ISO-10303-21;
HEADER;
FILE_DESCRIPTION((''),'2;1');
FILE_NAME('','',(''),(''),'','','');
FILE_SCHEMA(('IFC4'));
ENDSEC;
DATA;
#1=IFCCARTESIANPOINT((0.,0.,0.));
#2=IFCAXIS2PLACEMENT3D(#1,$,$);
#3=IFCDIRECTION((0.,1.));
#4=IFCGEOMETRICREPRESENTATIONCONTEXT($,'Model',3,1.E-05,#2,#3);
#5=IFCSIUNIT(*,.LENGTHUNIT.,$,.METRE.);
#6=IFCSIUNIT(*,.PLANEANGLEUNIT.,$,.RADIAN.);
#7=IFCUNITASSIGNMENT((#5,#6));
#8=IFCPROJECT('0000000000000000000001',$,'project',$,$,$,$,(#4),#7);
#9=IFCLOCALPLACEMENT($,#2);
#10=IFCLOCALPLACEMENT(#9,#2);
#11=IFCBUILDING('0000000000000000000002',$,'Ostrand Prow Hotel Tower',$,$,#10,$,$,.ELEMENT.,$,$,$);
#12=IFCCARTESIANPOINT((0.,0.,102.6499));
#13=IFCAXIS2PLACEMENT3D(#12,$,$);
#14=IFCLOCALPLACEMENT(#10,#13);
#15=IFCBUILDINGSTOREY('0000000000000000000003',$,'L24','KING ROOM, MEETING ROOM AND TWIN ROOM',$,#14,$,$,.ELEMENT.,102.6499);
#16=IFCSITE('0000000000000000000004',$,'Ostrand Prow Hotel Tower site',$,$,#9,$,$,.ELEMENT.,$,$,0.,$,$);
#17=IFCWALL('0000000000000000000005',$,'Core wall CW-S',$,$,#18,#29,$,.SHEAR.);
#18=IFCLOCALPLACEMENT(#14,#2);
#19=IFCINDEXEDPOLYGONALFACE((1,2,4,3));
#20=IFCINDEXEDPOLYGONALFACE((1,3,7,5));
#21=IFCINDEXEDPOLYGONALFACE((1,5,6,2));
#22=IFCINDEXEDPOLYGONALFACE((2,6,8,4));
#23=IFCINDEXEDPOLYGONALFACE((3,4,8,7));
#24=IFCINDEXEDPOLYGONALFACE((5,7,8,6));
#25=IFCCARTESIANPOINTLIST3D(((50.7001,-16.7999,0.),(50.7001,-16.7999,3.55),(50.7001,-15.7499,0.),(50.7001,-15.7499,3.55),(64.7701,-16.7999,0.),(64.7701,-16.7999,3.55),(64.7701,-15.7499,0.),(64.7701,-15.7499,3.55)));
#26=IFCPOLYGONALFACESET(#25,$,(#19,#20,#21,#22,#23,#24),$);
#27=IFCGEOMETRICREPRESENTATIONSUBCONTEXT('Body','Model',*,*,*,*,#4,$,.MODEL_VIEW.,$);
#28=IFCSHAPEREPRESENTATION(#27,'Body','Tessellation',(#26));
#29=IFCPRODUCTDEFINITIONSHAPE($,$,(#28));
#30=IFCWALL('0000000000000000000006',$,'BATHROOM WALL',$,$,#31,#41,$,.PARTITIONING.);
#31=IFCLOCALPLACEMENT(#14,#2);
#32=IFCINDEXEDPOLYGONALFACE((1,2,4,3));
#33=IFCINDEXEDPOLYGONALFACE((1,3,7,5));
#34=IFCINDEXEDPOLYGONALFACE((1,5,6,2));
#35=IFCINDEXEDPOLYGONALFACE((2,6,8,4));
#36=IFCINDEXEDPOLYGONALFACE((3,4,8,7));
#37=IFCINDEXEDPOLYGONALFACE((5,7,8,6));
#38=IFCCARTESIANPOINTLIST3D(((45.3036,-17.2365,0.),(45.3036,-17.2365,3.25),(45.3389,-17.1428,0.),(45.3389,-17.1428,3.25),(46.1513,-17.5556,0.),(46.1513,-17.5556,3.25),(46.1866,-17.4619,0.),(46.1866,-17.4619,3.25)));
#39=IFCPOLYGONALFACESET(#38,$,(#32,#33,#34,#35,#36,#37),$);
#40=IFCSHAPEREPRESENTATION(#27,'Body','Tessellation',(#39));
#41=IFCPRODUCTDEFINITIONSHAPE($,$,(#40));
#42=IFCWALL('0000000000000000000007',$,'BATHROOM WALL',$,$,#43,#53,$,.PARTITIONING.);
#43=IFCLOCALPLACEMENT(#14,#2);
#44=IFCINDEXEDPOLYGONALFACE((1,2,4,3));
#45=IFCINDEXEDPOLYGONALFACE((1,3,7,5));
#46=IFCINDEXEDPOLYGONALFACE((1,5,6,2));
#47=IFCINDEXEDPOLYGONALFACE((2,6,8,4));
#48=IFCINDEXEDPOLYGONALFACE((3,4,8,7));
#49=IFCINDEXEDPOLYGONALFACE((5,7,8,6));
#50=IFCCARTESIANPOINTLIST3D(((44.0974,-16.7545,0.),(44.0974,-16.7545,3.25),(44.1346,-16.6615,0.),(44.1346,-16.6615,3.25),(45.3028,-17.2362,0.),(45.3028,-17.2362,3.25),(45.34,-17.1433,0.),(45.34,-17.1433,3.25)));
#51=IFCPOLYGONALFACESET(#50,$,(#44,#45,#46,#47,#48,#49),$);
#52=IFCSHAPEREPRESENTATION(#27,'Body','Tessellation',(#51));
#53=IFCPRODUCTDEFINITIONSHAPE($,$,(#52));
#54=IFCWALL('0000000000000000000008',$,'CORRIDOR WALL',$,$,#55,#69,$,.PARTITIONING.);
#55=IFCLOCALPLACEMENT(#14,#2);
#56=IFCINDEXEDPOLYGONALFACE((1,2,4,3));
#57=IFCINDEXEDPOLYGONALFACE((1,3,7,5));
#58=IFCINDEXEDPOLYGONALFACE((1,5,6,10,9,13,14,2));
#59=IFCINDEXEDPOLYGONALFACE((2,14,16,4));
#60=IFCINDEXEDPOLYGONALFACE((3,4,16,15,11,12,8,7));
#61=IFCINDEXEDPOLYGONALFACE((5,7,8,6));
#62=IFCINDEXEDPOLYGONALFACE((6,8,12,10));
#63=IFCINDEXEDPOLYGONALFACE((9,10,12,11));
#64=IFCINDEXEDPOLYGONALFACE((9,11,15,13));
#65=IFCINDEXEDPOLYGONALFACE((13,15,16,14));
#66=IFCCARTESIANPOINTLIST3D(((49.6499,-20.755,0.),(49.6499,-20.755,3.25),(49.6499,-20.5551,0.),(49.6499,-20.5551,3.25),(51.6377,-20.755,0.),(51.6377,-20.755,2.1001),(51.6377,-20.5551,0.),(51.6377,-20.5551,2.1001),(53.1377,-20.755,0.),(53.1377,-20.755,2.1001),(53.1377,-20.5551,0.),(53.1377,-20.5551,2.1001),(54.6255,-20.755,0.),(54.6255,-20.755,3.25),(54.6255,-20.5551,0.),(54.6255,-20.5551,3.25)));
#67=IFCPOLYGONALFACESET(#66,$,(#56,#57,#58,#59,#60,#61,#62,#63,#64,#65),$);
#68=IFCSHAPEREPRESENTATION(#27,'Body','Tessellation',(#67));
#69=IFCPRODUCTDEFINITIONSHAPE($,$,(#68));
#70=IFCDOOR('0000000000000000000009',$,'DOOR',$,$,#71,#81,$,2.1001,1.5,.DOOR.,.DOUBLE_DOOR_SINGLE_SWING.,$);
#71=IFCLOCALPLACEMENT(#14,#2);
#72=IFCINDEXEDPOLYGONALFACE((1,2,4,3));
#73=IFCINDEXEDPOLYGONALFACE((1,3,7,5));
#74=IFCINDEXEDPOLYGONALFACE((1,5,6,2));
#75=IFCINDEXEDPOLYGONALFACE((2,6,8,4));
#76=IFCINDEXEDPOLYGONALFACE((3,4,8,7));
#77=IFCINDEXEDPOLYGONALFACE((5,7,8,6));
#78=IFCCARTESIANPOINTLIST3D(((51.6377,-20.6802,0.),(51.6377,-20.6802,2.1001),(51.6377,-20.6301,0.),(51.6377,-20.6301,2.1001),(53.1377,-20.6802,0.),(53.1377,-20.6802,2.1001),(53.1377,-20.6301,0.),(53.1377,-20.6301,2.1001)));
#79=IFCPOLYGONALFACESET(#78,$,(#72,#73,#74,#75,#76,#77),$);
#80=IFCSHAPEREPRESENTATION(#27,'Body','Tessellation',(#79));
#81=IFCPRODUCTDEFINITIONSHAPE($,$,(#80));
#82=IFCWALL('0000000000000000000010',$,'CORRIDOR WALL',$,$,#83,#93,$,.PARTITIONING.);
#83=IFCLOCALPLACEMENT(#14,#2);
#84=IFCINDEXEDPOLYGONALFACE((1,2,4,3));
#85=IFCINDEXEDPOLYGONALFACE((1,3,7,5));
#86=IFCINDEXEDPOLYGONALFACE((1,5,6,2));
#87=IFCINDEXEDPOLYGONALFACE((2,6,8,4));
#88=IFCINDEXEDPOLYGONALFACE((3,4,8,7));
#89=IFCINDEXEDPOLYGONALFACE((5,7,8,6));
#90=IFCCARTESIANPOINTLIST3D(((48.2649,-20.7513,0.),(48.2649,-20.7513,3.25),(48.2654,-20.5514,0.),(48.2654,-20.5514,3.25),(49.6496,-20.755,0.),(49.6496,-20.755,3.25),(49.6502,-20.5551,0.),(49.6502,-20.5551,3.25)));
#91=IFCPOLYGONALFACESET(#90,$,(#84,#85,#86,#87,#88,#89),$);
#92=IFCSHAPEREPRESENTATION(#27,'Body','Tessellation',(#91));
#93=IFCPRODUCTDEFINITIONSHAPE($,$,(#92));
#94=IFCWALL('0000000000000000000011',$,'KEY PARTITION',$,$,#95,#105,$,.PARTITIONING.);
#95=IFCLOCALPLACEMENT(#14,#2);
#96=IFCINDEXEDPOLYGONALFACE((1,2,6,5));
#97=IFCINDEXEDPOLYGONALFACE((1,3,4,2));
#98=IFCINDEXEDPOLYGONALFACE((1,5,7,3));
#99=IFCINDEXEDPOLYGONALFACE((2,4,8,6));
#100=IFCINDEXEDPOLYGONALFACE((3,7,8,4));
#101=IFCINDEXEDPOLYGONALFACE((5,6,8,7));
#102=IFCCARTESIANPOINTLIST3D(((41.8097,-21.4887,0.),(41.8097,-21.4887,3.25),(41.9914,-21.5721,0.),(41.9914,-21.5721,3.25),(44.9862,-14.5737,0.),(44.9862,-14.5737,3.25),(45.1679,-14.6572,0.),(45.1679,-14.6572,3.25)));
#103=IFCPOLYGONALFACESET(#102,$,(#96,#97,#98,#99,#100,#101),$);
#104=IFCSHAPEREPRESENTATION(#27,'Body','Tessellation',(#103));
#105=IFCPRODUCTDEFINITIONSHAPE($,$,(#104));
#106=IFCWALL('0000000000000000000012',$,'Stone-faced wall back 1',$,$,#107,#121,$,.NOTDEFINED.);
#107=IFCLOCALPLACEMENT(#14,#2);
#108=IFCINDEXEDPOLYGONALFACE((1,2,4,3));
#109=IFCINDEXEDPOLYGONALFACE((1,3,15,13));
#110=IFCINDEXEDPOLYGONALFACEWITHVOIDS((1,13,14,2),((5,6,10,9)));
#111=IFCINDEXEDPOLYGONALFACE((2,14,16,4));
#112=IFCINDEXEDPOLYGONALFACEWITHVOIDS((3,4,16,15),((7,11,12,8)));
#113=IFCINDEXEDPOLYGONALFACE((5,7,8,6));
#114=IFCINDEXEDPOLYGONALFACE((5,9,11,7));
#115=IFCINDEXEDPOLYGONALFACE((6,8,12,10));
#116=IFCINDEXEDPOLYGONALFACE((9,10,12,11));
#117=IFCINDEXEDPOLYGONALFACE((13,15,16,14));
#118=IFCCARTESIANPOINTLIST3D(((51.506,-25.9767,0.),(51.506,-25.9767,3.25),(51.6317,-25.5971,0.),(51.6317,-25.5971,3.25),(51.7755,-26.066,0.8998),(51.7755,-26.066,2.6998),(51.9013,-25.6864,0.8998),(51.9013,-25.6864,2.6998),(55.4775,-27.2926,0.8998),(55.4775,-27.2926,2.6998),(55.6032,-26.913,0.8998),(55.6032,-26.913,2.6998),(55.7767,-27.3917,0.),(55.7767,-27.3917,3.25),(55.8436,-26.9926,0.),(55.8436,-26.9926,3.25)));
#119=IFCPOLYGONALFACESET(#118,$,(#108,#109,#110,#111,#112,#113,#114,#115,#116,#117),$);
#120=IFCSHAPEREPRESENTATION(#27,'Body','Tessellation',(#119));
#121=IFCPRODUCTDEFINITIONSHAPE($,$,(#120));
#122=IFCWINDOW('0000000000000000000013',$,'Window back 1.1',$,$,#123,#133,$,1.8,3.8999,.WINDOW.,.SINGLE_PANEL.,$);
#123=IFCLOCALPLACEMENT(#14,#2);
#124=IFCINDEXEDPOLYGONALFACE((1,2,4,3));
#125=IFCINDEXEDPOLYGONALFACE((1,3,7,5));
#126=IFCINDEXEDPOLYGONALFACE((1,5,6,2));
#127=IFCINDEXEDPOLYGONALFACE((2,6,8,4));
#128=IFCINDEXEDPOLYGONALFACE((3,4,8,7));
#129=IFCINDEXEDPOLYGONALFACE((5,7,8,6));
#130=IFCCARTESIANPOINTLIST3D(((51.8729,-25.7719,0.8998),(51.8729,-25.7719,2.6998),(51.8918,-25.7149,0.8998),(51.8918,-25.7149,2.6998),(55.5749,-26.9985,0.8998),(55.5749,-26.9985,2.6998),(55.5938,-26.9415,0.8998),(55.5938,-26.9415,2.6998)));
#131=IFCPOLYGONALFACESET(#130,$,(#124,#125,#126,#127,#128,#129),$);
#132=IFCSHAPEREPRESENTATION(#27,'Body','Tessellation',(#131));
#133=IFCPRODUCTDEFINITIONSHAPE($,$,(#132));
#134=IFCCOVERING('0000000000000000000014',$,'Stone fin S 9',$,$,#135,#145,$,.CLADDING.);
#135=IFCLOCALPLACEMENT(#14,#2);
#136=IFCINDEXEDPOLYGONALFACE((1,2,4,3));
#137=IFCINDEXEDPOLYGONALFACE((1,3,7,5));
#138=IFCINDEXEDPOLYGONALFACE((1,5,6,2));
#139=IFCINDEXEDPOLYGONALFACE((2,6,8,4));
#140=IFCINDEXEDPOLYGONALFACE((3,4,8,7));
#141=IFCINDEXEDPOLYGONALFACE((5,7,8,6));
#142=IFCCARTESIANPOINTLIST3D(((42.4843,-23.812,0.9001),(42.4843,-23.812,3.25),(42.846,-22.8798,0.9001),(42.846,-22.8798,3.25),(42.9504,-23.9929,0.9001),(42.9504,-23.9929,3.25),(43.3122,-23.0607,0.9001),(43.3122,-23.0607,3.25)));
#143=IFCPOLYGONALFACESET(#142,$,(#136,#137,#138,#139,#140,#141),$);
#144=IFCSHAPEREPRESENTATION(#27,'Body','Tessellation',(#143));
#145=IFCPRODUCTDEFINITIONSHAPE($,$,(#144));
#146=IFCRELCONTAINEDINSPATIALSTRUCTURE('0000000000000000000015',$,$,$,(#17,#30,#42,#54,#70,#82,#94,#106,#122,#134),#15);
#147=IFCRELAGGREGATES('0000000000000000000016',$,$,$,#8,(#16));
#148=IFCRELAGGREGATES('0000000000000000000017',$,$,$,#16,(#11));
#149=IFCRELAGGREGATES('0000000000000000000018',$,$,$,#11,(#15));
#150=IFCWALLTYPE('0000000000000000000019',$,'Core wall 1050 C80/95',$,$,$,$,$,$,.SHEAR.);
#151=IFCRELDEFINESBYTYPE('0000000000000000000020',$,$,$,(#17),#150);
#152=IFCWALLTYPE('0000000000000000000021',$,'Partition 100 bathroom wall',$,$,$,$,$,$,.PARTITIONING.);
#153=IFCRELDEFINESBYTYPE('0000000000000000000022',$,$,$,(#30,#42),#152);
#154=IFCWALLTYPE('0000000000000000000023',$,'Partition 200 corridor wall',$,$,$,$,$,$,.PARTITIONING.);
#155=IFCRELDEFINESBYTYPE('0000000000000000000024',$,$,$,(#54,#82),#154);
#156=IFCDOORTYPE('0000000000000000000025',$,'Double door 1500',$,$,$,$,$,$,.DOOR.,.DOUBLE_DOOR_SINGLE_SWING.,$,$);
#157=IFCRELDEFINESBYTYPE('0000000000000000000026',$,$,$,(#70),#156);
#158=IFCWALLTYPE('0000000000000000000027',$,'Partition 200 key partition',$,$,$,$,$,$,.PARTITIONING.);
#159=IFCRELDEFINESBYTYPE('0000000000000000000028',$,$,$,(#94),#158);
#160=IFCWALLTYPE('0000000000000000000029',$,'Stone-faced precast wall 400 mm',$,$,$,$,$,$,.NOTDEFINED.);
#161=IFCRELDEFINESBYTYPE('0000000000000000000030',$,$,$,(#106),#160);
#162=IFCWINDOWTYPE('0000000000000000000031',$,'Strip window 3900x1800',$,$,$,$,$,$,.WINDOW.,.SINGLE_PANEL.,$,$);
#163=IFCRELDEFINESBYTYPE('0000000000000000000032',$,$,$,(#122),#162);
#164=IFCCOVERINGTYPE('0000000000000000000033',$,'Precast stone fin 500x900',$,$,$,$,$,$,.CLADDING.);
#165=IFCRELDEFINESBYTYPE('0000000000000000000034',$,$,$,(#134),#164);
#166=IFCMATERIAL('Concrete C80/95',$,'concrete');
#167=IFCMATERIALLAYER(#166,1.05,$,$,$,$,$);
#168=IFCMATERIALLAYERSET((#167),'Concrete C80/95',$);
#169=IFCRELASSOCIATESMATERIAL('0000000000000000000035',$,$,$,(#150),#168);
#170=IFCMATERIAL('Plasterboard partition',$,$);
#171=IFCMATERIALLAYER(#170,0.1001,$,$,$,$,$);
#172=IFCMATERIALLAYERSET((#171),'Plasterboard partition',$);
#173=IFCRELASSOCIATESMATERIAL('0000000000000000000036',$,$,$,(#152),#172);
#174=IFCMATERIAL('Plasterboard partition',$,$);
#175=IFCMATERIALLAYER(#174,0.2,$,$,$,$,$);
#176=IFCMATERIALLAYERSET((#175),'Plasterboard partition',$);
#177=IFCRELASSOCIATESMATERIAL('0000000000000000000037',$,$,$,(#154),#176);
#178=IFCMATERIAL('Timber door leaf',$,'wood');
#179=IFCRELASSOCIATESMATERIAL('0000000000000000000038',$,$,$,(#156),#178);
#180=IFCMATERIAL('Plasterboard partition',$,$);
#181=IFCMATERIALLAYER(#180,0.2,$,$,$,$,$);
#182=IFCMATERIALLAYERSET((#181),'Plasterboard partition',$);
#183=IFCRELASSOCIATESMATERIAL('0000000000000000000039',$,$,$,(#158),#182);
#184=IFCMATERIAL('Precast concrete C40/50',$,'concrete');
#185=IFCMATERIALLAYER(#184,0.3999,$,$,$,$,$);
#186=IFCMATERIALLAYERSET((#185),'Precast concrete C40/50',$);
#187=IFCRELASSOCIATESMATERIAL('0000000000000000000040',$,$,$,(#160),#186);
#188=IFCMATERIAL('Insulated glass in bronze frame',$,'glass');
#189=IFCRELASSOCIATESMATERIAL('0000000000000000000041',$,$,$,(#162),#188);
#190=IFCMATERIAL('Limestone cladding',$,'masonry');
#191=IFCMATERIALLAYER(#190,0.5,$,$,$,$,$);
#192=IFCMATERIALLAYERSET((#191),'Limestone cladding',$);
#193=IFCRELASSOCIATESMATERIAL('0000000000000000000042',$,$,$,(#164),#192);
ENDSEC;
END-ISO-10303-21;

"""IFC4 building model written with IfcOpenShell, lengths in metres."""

from ifc_helpers import new_model, si_unit, direction, frame, frame_2d, origin, place, context, subcontext, project, spatial, polyline, rectangle, outline, extrude, material, layer, layer_set, type_object, element, fill, save


model = new_model("IFC4")

# Units and contexts
model_context = context("Model", 3, precision=1e-05, world=origin(), true_north=direction((0.0, 1.0)))
body_context = subcontext(model_context, "Body", "Model", "MODEL_VIEW")
ifc_project = project(units=[si_unit("LENGTHUNIT", "METRE"), si_unit("PLANEANGLEUNIT", "RADIAN")], contexts=[model_context])

# Site, building, storey
site_placement = place(None, origin())
site = spatial("IfcSite", under=ifc_project, at=site_placement, Name="Ostrand Prow Hotel Tower site", CompositionType="ELEMENT", RefElevation=0.0)
building_placement = place(site_placement, origin())
building = spatial("IfcBuilding", under=site, at=building_placement, Name="Ostrand Prow Hotel Tower", CompositionType="ELEMENT")
storey_placement = place(building_placement, frame((0.0, 0.0, 102.6499)))
storey = spatial("IfcBuildingStorey", under=building, at=storey_placement, Name="L24", Description="KING ROOM, MEETING ROOM AND TWIN ROOM", CompositionType="ELEMENT", Elevation=102.6499)

# Shared definitions
ifc_material_1 = material(Name="Concrete C80/95", Category="concrete")
ifc_layer_1 = layer(ifc_material_1, 1.05)
ifc_layer_set_1 = layer_set([ifc_layer_1], Name="Concrete C80/95")
wall_type_1 = type_object("IfcWallType", Name="Core wall 1050 C80/95", PredefinedType="SHEAR", material=ifc_layer_set_1)

# Walls
wall_1_placement = place(storey_placement, frame((50.7, -16.2749, 0.0), z_axis=(0.0, 0.0, 1.0), x_axis=(1.0, 0.0, 0.0)))
element("IfcWall", 1, at=wall_1_placement, inside=storey, type_object=wall_type_1, Name="Core wall CW-S", PredefinedType="SHEAR", context=body_context, shape_type="SweptSolid", body=[
    extrude(rectangle(XDim=14.0701, YDim=1.05, at=frame_2d((7.0352, 0.0))), origin(), (0.0, 0.0, 1.0), 3.55),
])
ifc_material_2 = material(Name="Plasterboard partition")
ifc_layer_2 = layer(ifc_material_2, 0.1001)
ifc_layer_set_2 = layer_set([ifc_layer_2], Name="Plasterboard partition")
wall_type_2 = type_object("IfcWallType", Name="Partition 100 bathroom wall", PredefinedType="PARTITIONING", material=ifc_layer_set_2)
wall_2_placement = place(storey_placement, frame((46.1689, -17.5088, 0.0), z_axis=(0.0, 0.0, 1.0), x_axis=(-0.935885, 0.352305, 0.0)))
element("IfcWall", 2, at=wall_2_placement, inside=storey, type_object=wall_type_2, Name="BATHROOM WALL", PredefinedType="PARTITIONING", context=body_context, shape_type="SweptSolid", body=[
    extrude(rectangle(XDim=0.9058, YDim=0.1001, at=frame_2d((0.4529, 0.0))), origin(), (0.0, 0.0, 1.0), 3.25),
])
wall_3_placement = place(storey_placement, frame((45.3213, -17.1897, 0.0), z_axis=(0.0, 0.0, 1.0), x_axis=(-0.928593, 0.371099, 0.0)))
element("IfcWall", 3, at=wall_3_placement, inside=storey, type_object=wall_type_2, Name="BATHROOM WALL", PredefinedType="PARTITIONING", context=body_context, shape_type="SweptSolid", body=[
    extrude(rectangle(XDim=1.2981, YDim=0.1001, at=frame_2d((0.6489, 0.0))), origin(), (0.0, 0.0, 1.0), 3.25),
])

# Wall, opening, door
ifc_material_3 = material(Name="Plasterboard partition")
ifc_layer_3 = layer(ifc_material_3, 0.2)
ifc_layer_set_3 = layer_set([ifc_layer_3], Name="Plasterboard partition")
wall_type_3 = type_object("IfcWallType", Name="Partition 200 corridor wall", PredefinedType="PARTITIONING", material=ifc_layer_set_3)
wall_4_placement = place(storey_placement, frame((49.6499, -20.655, 0.0), z_axis=(0.0, 0.0, 1.0), x_axis=(1.0, 0.0, 0.0)))
wall_4 = element("IfcWall", 4, at=wall_4_placement, inside=storey, type_object=wall_type_3, Name="CORRIDOR WALL", PredefinedType="PARTITIONING", context=body_context, shape_type="SweptSolid", body=[
    extrude(rectangle(XDim=4.9756, YDim=0.2, at=frame_2d((2.4878, 0.0))), origin(), (0.0, 0.0, 1.0), 3.25),
])
opening_1_placement = place(wall_4_placement, frame((1.9878, 0.0, 0.0)))
opening_1 = element("IfcOpeningElement", 5, at=opening_1_placement, cuts=wall_4, PredefinedType="OPENING", context=body_context, shape_type="SweptSolid", body=[
    extrude(rectangle(XDim=1.5, YDim=2.1001, at=frame_2d((0.75, 1.05))), frame((0.0, 0.1099, 0.0), z_axis=(0.0, -1.0, 0.0), x_axis=(1.0, 0.0, 0.0)), (0.0, 0.0, 1.0), 0.22),
])
ifc_material_4 = material(Name="Timber door leaf", Category="wood")
door_type_1 = type_object("IfcDoorType", Name="Double door 1500", OperationType="DOUBLE_DOOR_SINGLE_SWING", PredefinedType="DOOR", material=ifc_material_4)
door_1_placement = place(opening_1_placement, origin())
door_1 = element("IfcDoor", 6, at=door_1_placement, inside=storey, type_object=door_type_1, Name="DOOR", OperationType="DOUBLE_DOOR_SINGLE_SWING", OverallHeight=2.1001, OverallWidth=1.5, PredefinedType="DOOR", context=body_context, shape_type="SweptSolid", body=[
    extrude(rectangle(XDim=1.5, YDim=2.1001, at=frame_2d((0.75, 1.05))), frame((0.0, 0.0249, 0.0), z_axis=(0.0, -1.0, 0.0), x_axis=(1.0, 0.0, 0.0)), (0.0, 0.0, 1.0), 0.05),
])
fill(opening_1, door_1)

# Walls
wall_5_placement = place(storey_placement, frame((48.2651, -20.6514, 0.0), z_axis=(0.0, 0.0, 1.0), x_axis=(0.999997, -0.002645, 0.0)))
element("IfcWall", 7, at=wall_5_placement, inside=storey, type_object=wall_type_3, Name="CORRIDOR WALL", PredefinedType="PARTITIONING", context=body_context, shape_type="SweptSolid", body=[
    extrude(rectangle(XDim=1.3848, YDim=0.2, at=frame_2d((0.6924, 0.0))), origin(), (0.0, 0.0, 1.0), 3.25),
])
ifc_material_5 = material(Name="Plasterboard partition")
ifc_layer_4 = layer(ifc_material_5, 0.2)
ifc_layer_set_4 = layer_set([ifc_layer_4], Name="Plasterboard partition")
wall_type_4 = type_object("IfcWallType", Name="Partition 200 key partition", PredefinedType="PARTITIONING", material=ifc_layer_set_4)
wall_6_placement = place(storey_placement, frame((41.9006, -21.5303, 0.0), z_axis=(0.0, 0.0, 1.0), x_axis=(0.417428, 0.90871, 0.0)))
element("IfcWall", 8, at=wall_6_placement, inside=storey, type_object=wall_type_4, Name="KEY PARTITION", PredefinedType="PARTITIONING", context=body_context, shape_type="SweptSolid", body=[
    extrude(rectangle(XDim=7.6096, YDim=0.2, at=frame_2d((3.8047, 0.0))), origin(), (0.0, 0.0, 1.0), 3.25),
])

# Wall, opening, window
ifc_material_6 = material(Name="Precast concrete C40/50", Category="concrete")
ifc_layer_5 = layer(ifc_material_6, 0.3999)
ifc_layer_set_5 = layer_set([ifc_layer_5], Name="Precast concrete C40/50")
wall_type_5 = type_object("IfcWallType", Name="Stone-faced precast wall 400 mm", PredefinedType="NOTDEFINED", material=ifc_layer_set_5)
wall_7_placement = place(storey_placement, frame((51.5688, -25.7869, 0.0), z_axis=(0.0, 0.0, 1.0), x_axis=(0.94925, -0.314522, 0.0)))
wall_7 = element("IfcWall", 9, at=wall_7_placement, inside=storey, type_object=wall_type_5, Name="Stone-faced wall back 1", PredefinedType="NOTDEFINED", context=body_context, shape_type="SweptSolid", body=[
    extrude(outline(polyline([(0.0, -0.2), (4.499, -0.2), (4.437, 0.2), (0.0, 0.2), (0.0, -0.2)])), origin(), (0.0, 0.0, 1.0), 3.25),
])
opening_2_placement = place(wall_7_placement, frame((0.2839, 0.0, 0.8999)))
opening_2 = element("IfcOpeningElement", 10, at=opening_2_placement, cuts=wall_7, PredefinedType="OPENING", context=body_context, shape_type="SweptSolid", body=[
    extrude(rectangle(XDim=3.8999, YDim=1.8, at=frame_2d((1.95, 0.8999))), frame((0.0, 0.21, 0.0), z_axis=(0.0, -1.0, 0.0), x_axis=(1.0, 0.0, 0.0)), (0.0, 0.0, 1.0), 0.4199),
])
ifc_material_7 = material(Name="Insulated glass in bronze frame", Category="glass")
window_type = type_object("IfcWindowType", Name="Strip window 3900x1800", PartitioningType="SINGLE_PANEL", PredefinedType="WINDOW", material=ifc_material_7)
window_placement = place(opening_2_placement, origin())
window = element("IfcWindow", 11, at=window_placement, inside=storey, type_object=window_type, Name="Window back 1.1", OverallHeight=1.8, OverallWidth=3.8999, PartitioningType="SINGLE_PANEL", PredefinedType="WINDOW", context=body_context, shape_type="SweptSolid", body=[
    extrude(rectangle(XDim=3.8999, YDim=1.8, at=frame_2d((1.95, 0.8999))), frame((0.0, 0.1699, 0.0), z_axis=(0.0, -1.0, 0.0), x_axis=(1.0, 0.0, 0.0)), (0.0, 0.0, 1.0), 0.0601),
])
fill(opening_2, window)

# Covering
ifc_material_8 = material(Name="Limestone cladding", Category="masonry")
ifc_layer_6 = layer(ifc_material_8, 0.5)
ifc_layer_set_6 = layer_set([ifc_layer_6], Name="Limestone cladding")
covering_type = type_object("IfcCoveringType", Name="Precast stone fin 500x900", PredefinedType="CLADDING", material=ifc_layer_set_6)
covering_placement = place(storey_placement, frame((43.0791, -22.9702, 0.9001), z_axis=(0.0, 0.0, 1.0), x_axis=(-0.361775, -0.932266, 0.0)))
element("IfcCovering", 12, at=covering_placement, inside=storey, type_object=covering_type, Name="Stone fin S 9", PredefinedType="CLADDING", context=body_context, shape_type="SweptSolid", body=[
    extrude(rectangle(XDim=1.0, YDim=0.5, at=frame_2d((0.5, 0.0))), origin(), (0.0, 0.0, 1.0), 2.3499),
])

save(model, "model.ifc")
